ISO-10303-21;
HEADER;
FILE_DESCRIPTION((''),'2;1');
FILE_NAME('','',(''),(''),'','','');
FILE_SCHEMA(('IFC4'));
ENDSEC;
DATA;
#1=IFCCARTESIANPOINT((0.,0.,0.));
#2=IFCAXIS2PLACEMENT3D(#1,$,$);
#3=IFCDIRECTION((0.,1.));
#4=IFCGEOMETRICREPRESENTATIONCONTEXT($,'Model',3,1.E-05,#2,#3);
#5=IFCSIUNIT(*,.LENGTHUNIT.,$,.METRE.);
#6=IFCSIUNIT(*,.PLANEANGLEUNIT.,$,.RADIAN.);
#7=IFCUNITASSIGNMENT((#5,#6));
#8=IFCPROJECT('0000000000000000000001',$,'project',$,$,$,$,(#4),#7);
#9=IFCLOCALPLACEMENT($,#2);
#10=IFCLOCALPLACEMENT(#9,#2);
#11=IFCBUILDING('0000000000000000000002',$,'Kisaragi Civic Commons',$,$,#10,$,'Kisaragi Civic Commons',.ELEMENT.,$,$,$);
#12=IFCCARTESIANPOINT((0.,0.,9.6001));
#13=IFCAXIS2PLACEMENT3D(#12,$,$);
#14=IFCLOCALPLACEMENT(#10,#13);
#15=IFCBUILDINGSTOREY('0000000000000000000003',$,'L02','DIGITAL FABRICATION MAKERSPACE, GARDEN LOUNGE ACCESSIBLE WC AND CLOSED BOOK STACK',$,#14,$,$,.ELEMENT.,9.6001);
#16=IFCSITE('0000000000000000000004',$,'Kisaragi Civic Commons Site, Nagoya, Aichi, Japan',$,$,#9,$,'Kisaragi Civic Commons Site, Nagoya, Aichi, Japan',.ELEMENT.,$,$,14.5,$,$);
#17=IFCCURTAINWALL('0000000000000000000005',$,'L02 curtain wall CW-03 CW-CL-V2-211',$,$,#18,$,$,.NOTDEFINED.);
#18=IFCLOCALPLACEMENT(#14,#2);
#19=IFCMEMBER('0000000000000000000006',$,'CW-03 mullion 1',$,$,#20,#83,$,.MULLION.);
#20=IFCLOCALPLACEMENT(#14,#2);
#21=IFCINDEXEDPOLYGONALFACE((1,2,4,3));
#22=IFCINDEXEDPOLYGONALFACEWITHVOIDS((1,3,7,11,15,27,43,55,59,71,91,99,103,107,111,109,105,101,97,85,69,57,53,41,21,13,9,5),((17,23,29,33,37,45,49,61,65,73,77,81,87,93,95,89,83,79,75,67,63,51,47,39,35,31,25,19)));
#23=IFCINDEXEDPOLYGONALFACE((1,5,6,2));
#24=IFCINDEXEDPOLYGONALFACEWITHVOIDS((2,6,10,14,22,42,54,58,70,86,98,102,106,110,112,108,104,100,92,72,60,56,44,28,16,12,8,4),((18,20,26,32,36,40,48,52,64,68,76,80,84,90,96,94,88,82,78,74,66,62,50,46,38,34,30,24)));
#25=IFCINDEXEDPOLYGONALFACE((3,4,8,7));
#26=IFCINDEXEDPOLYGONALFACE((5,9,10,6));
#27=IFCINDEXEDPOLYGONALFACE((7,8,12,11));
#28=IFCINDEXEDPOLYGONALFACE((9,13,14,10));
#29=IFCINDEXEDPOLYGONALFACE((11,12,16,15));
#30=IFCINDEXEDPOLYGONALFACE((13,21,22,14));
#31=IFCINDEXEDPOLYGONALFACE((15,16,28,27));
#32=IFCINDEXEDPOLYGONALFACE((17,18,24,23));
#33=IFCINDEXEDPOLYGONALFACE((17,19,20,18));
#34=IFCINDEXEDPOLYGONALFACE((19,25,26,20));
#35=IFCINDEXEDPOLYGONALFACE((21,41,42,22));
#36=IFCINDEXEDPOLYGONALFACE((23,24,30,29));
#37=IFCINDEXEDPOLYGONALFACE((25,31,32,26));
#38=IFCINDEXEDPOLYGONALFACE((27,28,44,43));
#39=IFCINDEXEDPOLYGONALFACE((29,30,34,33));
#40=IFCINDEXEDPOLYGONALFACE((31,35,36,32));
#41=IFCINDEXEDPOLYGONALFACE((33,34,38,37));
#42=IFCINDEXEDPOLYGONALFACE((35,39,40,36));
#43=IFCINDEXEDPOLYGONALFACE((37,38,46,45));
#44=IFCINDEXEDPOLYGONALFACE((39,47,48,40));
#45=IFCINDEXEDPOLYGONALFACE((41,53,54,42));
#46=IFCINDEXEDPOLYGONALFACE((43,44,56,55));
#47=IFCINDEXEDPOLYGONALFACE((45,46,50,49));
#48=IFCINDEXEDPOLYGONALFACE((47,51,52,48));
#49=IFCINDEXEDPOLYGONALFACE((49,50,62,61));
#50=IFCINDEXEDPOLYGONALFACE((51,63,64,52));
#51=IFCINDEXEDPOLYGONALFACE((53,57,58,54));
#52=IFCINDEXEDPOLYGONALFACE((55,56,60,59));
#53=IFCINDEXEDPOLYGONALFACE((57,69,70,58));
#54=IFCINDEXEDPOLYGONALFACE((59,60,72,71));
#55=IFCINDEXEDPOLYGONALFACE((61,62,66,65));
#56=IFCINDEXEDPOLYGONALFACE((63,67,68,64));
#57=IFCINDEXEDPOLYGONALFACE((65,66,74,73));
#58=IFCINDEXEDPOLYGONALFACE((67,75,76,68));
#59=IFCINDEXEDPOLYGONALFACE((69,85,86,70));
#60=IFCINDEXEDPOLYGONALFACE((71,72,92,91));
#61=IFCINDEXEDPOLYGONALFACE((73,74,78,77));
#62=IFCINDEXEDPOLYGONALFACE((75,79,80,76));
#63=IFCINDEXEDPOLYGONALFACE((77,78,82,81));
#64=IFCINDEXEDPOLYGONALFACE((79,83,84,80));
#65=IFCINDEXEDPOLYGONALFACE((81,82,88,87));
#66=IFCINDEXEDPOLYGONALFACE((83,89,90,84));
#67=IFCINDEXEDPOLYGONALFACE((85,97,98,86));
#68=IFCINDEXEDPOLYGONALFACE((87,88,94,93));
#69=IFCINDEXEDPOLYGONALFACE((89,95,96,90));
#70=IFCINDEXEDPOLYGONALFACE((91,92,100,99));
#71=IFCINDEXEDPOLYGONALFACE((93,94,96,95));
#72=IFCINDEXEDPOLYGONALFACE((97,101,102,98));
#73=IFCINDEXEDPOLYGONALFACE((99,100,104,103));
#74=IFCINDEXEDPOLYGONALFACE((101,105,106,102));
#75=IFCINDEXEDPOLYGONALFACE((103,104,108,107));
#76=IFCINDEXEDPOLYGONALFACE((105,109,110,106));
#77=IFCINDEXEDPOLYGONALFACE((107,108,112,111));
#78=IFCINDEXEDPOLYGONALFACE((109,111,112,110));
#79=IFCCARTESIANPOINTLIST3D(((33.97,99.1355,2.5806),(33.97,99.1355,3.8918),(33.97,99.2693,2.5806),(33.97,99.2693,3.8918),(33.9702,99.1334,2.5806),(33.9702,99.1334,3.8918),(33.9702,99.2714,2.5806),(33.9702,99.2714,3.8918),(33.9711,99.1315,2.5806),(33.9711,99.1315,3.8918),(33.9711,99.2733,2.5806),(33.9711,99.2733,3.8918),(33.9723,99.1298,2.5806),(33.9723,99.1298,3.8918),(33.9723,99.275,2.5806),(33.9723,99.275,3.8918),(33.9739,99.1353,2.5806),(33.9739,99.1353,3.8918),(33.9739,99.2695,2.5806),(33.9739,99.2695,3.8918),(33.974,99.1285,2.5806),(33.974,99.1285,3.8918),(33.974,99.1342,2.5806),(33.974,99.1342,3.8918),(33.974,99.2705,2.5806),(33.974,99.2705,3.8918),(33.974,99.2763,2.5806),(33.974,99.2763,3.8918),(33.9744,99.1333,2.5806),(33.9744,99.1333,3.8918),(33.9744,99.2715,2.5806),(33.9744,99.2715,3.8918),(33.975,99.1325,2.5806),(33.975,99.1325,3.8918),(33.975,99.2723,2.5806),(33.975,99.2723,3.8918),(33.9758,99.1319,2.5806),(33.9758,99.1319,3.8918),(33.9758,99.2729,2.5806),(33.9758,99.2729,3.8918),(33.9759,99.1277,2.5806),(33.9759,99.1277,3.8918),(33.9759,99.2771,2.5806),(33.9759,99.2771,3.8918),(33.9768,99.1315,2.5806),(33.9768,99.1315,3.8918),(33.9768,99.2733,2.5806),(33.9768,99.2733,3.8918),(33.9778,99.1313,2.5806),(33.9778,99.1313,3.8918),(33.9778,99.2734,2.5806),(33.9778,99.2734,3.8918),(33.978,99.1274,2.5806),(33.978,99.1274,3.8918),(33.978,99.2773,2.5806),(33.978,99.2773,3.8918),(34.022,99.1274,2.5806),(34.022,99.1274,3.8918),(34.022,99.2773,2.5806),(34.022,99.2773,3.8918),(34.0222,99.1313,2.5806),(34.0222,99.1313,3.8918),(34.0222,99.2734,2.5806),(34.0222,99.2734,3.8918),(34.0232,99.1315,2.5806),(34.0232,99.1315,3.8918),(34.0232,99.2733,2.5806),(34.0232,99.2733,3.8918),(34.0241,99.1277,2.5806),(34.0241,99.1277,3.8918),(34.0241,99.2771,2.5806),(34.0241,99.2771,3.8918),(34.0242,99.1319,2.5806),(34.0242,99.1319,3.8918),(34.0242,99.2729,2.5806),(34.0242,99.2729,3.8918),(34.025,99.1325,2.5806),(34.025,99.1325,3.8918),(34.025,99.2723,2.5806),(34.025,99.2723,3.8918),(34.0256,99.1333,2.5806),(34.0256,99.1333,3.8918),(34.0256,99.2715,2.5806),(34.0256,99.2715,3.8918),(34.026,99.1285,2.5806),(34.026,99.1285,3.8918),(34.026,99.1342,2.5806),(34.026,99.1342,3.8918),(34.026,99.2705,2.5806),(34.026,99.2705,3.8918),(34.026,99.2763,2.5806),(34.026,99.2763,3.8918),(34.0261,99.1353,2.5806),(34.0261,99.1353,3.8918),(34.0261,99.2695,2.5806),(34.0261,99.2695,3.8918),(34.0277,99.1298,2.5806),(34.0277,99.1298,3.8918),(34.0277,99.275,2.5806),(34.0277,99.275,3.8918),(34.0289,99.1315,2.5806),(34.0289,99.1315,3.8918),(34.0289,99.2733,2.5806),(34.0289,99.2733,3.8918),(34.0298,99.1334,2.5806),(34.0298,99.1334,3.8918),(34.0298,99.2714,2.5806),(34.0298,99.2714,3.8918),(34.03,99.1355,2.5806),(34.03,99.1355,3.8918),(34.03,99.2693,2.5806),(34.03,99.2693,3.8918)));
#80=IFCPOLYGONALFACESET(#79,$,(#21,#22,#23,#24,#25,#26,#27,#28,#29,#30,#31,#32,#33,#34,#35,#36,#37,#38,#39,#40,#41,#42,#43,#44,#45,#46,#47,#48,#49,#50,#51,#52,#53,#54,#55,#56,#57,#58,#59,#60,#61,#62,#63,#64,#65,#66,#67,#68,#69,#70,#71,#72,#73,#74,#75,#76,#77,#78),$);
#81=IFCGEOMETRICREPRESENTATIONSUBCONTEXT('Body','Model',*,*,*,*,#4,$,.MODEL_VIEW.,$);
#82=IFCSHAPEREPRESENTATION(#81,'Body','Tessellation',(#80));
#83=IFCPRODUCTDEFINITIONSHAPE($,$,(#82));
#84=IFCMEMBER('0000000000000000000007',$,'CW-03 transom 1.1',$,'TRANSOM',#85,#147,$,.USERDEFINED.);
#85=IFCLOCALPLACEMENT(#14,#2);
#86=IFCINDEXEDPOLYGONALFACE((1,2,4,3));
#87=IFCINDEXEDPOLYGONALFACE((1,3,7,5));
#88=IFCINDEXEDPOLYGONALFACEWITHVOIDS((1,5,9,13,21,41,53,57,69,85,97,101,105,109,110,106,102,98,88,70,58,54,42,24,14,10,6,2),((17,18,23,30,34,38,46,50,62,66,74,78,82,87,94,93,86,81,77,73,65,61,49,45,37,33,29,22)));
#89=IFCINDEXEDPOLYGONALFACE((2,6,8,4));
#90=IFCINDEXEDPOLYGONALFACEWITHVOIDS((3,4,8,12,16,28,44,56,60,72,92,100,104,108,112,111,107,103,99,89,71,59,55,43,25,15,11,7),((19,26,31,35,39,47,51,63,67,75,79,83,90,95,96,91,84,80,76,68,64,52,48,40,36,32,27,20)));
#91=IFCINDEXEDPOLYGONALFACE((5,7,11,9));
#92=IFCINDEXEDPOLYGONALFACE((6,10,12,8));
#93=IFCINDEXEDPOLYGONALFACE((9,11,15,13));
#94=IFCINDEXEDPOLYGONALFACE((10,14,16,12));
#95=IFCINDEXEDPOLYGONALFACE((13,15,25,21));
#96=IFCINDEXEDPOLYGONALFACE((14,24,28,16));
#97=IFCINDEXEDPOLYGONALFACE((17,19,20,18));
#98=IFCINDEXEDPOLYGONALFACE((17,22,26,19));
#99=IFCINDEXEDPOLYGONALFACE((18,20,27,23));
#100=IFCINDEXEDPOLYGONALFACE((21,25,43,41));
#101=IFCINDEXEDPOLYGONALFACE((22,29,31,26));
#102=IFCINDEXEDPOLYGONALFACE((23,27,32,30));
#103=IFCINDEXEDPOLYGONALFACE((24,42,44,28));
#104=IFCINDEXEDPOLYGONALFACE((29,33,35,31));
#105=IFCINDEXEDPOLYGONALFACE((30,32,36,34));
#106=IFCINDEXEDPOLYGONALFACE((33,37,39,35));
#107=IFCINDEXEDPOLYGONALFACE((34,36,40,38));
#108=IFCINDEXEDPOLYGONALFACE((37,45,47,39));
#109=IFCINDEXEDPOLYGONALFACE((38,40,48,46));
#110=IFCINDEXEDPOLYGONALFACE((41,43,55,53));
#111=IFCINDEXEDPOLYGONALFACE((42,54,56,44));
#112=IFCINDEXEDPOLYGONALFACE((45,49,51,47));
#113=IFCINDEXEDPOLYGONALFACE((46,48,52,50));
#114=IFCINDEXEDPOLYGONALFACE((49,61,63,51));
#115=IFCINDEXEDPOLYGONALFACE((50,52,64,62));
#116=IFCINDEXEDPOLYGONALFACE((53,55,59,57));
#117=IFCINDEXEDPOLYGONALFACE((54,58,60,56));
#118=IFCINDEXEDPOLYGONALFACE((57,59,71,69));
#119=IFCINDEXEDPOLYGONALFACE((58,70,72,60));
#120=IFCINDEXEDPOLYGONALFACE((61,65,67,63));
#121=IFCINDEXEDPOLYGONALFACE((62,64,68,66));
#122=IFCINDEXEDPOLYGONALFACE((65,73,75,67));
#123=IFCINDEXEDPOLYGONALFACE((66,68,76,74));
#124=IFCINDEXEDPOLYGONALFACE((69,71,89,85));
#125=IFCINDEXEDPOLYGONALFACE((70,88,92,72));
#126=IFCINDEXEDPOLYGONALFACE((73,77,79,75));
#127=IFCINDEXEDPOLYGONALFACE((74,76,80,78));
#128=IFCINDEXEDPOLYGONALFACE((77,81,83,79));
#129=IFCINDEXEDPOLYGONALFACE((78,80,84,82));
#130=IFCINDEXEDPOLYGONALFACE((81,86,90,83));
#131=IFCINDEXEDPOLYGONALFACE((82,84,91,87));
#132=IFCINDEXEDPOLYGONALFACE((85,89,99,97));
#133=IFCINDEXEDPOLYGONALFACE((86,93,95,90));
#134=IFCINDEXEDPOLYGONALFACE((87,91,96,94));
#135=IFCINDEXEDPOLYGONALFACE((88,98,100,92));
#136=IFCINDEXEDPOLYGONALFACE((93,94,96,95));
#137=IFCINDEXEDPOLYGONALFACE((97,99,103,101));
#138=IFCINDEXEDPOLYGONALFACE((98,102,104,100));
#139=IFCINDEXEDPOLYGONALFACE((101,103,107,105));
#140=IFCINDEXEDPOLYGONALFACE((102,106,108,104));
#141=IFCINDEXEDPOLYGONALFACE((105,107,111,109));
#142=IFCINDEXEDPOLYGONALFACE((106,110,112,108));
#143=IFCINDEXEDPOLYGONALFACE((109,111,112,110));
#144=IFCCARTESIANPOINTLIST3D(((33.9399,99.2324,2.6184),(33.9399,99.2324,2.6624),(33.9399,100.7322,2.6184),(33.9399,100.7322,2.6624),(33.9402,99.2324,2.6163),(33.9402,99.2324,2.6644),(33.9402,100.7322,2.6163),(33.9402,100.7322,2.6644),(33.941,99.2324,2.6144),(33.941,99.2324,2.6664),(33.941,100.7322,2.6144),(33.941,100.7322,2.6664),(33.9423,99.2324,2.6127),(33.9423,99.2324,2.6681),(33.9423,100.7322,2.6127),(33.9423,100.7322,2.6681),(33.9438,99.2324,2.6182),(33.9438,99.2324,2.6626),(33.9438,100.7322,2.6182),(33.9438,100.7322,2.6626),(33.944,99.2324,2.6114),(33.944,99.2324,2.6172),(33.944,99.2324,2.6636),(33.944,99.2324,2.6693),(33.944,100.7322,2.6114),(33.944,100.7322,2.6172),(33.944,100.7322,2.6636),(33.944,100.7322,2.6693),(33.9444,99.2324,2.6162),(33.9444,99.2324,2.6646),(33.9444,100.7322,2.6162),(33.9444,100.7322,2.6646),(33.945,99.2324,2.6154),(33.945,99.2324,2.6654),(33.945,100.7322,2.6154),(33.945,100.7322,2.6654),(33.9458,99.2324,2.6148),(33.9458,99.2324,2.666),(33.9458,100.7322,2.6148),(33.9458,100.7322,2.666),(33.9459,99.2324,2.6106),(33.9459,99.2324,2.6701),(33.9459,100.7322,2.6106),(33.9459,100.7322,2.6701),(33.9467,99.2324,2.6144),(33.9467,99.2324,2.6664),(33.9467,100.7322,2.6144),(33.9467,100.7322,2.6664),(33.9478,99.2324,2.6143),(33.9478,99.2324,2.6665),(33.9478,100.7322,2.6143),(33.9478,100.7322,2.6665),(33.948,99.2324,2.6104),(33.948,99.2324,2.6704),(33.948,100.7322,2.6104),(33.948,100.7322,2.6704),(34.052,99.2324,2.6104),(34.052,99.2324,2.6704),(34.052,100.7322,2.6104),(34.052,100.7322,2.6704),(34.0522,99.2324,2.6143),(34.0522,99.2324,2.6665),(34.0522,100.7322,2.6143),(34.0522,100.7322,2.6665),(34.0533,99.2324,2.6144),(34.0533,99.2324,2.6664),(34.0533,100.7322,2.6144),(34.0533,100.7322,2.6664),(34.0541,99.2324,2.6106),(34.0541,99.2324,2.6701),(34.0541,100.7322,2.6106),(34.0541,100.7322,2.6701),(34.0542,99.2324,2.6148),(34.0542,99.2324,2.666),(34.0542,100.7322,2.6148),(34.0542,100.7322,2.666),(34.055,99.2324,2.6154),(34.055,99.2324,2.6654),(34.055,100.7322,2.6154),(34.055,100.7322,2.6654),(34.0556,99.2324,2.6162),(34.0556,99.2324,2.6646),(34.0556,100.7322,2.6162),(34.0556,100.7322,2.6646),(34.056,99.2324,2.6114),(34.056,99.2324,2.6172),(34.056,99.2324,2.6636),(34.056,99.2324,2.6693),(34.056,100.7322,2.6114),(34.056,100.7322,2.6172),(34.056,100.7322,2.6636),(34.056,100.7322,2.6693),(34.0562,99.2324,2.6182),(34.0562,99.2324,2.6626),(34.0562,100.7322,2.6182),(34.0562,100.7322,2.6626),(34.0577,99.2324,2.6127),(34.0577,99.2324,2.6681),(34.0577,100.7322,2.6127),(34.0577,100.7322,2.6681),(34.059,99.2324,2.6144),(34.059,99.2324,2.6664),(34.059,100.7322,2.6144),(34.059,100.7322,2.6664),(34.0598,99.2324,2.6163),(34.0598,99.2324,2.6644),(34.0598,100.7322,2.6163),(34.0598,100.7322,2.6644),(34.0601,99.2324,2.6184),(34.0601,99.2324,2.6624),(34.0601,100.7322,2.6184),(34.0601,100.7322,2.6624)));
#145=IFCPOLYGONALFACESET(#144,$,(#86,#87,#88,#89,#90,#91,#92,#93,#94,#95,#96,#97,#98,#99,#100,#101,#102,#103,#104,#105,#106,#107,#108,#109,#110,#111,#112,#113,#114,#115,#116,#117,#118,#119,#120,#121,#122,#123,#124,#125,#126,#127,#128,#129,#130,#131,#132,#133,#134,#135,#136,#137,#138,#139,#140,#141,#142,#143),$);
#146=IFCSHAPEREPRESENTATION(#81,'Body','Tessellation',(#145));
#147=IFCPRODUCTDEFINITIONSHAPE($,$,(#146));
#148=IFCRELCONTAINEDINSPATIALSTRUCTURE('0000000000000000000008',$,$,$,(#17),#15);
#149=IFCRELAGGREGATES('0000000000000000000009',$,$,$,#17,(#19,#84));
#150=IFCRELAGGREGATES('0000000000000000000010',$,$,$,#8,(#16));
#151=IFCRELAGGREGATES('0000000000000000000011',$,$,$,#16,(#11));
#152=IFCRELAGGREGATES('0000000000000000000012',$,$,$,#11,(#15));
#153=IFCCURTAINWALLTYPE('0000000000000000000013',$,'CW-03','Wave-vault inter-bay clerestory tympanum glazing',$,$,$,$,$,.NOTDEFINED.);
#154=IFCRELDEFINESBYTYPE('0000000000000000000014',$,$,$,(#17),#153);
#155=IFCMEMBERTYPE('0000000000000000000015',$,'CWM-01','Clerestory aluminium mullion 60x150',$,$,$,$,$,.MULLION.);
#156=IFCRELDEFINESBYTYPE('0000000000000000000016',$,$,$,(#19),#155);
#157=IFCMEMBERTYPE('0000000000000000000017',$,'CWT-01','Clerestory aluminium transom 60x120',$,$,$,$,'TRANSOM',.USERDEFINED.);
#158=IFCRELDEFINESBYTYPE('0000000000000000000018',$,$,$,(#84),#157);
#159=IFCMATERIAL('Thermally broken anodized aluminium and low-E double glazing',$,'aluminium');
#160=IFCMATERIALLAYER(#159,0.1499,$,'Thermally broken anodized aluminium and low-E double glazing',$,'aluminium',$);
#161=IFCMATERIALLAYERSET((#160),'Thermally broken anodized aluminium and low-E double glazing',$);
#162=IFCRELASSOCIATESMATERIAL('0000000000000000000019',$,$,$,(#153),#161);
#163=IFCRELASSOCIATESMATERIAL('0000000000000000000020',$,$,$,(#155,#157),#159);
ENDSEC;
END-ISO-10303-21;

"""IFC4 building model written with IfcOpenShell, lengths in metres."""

from ifc_helpers import new_model, si_unit, direction, frame, origin, origin_2d, place, context, subcontext, project, spatial, hollow_rectangle, extrude, material, layer, layer_set, material_profile, profile_set, type_object, element, aggregate, save


model = new_model("IFC4")

# Units and contexts
model_context = context("Model", 3, precision=1e-05, world=origin(), true_north=direction((0.0, 1.0)))
body_context = subcontext(model_context, "Body", "Model", "MODEL_VIEW")
ifc_project = project(units=[si_unit("LENGTHUNIT", "METRE"), si_unit("PLANEANGLEUNIT", "RADIAN")], contexts=[model_context])

# Site, building, storey
site_placement = place(None, origin())
site = spatial("IfcSite", under=ifc_project, at=site_placement, Name="Kisaragi Civic Commons Site, Nagoya, Aichi, Japan", LongName="Kisaragi Civic Commons Site, Nagoya, Aichi, Japan", CompositionType="ELEMENT", RefElevation=14.5)
building_placement = place(site_placement, origin())
building = spatial("IfcBuilding", under=site, at=building_placement, Name="Kisaragi Civic Commons", LongName="Kisaragi Civic Commons", CompositionType="ELEMENT")
storey_placement = place(building_placement, frame((0.0, 0.0, 9.6001)))
storey = spatial("IfcBuildingStorey", under=building, at=storey_placement, Name="L02", Description="DIGITAL FABRICATION MAKERSPACE, GARDEN LOUNGE ACCESSIBLE WC AND CLOSED BOOK STACK", CompositionType="ELEMENT", Elevation=9.6001)

# Curtain wall, members
ifc_material_1 = material(Name="Thermally broken anodized aluminium and low-E double glazing", Category="aluminium")
ifc_layer_1 = layer(ifc_material_1, 0.1499, Name="Thermally broken anodized aluminium and low-E double glazing", Category="aluminium")
ifc_layer_set_1 = layer_set([ifc_layer_1], Name="Thermally broken anodized aluminium and low-E double glazing")
curtain_wall_type = type_object("IfcCurtainWallType", Name="CW-03", Description="Wave-vault inter-bay clerestory tympanum glazing", PredefinedType="NOTDEFINED", material=ifc_layer_set_1)
curtain_wall_placement = place(storey_placement, origin())
curtain_wall = element("IfcCurtainWall", 1, at=curtain_wall_placement, inside=storey, type_object=curtain_wall_type, Name="L02 curtain wall CW-03 CW-CL-V2-211", PredefinedType="NOTDEFINED")
ifc_material_profile_1 = material_profile(ifc_material_1, hollow_rectangle(XDim=0.0601, YDim=0.1499, WallThickness=0.0039, InnerFilletRadius=0.0039, OuterFilletRadius=0.0081, at=origin_2d()), Name="CWM-60x150x4", Category="aluminium")
ifc_profile_set_1 = profile_set([ifc_material_profile_1], Name="Thermally broken anodized aluminium and low-E double glazing")
member_type_1 = type_object("IfcMemberType", Name="CWM-01", Description="Clerestory aluminium mullion 60x150", PredefinedType="MULLION", material=ifc_profile_set_1)
member_1_placement = place(storey_placement, frame((34.0, 99.2024, 2.5806), z_axis=(0.0, 0.0, 1.0), x_axis=(-1.0, 0.0, 0.0)))
member_1 = element("IfcMember", 2, at=member_1_placement, type_object=member_type_1, Name="CW-03 mullion 1", PredefinedType="MULLION", context=body_context, shape_type="SweptSolid", body=[
    extrude(hollow_rectangle(XDim=0.0601, YDim=0.1499, WallThickness=0.0039, InnerFilletRadius=0.0039, OuterFilletRadius=0.0081, at=origin_2d()), origin(), (0.0, 0.0, 1.0), 1.3113),
])
ifc_material_profile_2 = material_profile(ifc_material_1, hollow_rectangle(XDim=0.1201, YDim=0.0601, WallThickness=0.0039, InnerFilletRadius=0.0039, OuterFilletRadius=0.0081, at=origin_2d()), Name="CWT-60x120x4", Category="aluminium")
ifc_profile_set_2 = profile_set([ifc_material_profile_2], Name="Thermally broken anodized aluminium and low-E double glazing")
member_type_2 = type_object("IfcMemberType", Name="CWT-01", Description="Clerestory aluminium transom 60x120", ElementType="TRANSOM", PredefinedType="USERDEFINED", material=ifc_profile_set_2)
member_2_placement = place(storey_placement, frame((34.0, 99.2324, 2.6404), z_axis=(0.0, 1.0, 0.0), x_axis=(-1.0, 0.0, 0.0)))
member_2 = element("IfcMember", 3, at=member_2_placement, type_object=member_type_2, Name="CW-03 transom 1.1", ObjectType="TRANSOM", PredefinedType="USERDEFINED", context=body_context, shape_type="SweptSolid", body=[
    extrude(hollow_rectangle(XDim=0.1201, YDim=0.0601, WallThickness=0.0039, InnerFilletRadius=0.0039, OuterFilletRadius=0.0081, at=origin_2d()), origin(), (0.0, 0.0, 1.0), 1.4998),
])
aggregate(curtain_wall, [member_1, member_2])

save(model, "model.ifc")
